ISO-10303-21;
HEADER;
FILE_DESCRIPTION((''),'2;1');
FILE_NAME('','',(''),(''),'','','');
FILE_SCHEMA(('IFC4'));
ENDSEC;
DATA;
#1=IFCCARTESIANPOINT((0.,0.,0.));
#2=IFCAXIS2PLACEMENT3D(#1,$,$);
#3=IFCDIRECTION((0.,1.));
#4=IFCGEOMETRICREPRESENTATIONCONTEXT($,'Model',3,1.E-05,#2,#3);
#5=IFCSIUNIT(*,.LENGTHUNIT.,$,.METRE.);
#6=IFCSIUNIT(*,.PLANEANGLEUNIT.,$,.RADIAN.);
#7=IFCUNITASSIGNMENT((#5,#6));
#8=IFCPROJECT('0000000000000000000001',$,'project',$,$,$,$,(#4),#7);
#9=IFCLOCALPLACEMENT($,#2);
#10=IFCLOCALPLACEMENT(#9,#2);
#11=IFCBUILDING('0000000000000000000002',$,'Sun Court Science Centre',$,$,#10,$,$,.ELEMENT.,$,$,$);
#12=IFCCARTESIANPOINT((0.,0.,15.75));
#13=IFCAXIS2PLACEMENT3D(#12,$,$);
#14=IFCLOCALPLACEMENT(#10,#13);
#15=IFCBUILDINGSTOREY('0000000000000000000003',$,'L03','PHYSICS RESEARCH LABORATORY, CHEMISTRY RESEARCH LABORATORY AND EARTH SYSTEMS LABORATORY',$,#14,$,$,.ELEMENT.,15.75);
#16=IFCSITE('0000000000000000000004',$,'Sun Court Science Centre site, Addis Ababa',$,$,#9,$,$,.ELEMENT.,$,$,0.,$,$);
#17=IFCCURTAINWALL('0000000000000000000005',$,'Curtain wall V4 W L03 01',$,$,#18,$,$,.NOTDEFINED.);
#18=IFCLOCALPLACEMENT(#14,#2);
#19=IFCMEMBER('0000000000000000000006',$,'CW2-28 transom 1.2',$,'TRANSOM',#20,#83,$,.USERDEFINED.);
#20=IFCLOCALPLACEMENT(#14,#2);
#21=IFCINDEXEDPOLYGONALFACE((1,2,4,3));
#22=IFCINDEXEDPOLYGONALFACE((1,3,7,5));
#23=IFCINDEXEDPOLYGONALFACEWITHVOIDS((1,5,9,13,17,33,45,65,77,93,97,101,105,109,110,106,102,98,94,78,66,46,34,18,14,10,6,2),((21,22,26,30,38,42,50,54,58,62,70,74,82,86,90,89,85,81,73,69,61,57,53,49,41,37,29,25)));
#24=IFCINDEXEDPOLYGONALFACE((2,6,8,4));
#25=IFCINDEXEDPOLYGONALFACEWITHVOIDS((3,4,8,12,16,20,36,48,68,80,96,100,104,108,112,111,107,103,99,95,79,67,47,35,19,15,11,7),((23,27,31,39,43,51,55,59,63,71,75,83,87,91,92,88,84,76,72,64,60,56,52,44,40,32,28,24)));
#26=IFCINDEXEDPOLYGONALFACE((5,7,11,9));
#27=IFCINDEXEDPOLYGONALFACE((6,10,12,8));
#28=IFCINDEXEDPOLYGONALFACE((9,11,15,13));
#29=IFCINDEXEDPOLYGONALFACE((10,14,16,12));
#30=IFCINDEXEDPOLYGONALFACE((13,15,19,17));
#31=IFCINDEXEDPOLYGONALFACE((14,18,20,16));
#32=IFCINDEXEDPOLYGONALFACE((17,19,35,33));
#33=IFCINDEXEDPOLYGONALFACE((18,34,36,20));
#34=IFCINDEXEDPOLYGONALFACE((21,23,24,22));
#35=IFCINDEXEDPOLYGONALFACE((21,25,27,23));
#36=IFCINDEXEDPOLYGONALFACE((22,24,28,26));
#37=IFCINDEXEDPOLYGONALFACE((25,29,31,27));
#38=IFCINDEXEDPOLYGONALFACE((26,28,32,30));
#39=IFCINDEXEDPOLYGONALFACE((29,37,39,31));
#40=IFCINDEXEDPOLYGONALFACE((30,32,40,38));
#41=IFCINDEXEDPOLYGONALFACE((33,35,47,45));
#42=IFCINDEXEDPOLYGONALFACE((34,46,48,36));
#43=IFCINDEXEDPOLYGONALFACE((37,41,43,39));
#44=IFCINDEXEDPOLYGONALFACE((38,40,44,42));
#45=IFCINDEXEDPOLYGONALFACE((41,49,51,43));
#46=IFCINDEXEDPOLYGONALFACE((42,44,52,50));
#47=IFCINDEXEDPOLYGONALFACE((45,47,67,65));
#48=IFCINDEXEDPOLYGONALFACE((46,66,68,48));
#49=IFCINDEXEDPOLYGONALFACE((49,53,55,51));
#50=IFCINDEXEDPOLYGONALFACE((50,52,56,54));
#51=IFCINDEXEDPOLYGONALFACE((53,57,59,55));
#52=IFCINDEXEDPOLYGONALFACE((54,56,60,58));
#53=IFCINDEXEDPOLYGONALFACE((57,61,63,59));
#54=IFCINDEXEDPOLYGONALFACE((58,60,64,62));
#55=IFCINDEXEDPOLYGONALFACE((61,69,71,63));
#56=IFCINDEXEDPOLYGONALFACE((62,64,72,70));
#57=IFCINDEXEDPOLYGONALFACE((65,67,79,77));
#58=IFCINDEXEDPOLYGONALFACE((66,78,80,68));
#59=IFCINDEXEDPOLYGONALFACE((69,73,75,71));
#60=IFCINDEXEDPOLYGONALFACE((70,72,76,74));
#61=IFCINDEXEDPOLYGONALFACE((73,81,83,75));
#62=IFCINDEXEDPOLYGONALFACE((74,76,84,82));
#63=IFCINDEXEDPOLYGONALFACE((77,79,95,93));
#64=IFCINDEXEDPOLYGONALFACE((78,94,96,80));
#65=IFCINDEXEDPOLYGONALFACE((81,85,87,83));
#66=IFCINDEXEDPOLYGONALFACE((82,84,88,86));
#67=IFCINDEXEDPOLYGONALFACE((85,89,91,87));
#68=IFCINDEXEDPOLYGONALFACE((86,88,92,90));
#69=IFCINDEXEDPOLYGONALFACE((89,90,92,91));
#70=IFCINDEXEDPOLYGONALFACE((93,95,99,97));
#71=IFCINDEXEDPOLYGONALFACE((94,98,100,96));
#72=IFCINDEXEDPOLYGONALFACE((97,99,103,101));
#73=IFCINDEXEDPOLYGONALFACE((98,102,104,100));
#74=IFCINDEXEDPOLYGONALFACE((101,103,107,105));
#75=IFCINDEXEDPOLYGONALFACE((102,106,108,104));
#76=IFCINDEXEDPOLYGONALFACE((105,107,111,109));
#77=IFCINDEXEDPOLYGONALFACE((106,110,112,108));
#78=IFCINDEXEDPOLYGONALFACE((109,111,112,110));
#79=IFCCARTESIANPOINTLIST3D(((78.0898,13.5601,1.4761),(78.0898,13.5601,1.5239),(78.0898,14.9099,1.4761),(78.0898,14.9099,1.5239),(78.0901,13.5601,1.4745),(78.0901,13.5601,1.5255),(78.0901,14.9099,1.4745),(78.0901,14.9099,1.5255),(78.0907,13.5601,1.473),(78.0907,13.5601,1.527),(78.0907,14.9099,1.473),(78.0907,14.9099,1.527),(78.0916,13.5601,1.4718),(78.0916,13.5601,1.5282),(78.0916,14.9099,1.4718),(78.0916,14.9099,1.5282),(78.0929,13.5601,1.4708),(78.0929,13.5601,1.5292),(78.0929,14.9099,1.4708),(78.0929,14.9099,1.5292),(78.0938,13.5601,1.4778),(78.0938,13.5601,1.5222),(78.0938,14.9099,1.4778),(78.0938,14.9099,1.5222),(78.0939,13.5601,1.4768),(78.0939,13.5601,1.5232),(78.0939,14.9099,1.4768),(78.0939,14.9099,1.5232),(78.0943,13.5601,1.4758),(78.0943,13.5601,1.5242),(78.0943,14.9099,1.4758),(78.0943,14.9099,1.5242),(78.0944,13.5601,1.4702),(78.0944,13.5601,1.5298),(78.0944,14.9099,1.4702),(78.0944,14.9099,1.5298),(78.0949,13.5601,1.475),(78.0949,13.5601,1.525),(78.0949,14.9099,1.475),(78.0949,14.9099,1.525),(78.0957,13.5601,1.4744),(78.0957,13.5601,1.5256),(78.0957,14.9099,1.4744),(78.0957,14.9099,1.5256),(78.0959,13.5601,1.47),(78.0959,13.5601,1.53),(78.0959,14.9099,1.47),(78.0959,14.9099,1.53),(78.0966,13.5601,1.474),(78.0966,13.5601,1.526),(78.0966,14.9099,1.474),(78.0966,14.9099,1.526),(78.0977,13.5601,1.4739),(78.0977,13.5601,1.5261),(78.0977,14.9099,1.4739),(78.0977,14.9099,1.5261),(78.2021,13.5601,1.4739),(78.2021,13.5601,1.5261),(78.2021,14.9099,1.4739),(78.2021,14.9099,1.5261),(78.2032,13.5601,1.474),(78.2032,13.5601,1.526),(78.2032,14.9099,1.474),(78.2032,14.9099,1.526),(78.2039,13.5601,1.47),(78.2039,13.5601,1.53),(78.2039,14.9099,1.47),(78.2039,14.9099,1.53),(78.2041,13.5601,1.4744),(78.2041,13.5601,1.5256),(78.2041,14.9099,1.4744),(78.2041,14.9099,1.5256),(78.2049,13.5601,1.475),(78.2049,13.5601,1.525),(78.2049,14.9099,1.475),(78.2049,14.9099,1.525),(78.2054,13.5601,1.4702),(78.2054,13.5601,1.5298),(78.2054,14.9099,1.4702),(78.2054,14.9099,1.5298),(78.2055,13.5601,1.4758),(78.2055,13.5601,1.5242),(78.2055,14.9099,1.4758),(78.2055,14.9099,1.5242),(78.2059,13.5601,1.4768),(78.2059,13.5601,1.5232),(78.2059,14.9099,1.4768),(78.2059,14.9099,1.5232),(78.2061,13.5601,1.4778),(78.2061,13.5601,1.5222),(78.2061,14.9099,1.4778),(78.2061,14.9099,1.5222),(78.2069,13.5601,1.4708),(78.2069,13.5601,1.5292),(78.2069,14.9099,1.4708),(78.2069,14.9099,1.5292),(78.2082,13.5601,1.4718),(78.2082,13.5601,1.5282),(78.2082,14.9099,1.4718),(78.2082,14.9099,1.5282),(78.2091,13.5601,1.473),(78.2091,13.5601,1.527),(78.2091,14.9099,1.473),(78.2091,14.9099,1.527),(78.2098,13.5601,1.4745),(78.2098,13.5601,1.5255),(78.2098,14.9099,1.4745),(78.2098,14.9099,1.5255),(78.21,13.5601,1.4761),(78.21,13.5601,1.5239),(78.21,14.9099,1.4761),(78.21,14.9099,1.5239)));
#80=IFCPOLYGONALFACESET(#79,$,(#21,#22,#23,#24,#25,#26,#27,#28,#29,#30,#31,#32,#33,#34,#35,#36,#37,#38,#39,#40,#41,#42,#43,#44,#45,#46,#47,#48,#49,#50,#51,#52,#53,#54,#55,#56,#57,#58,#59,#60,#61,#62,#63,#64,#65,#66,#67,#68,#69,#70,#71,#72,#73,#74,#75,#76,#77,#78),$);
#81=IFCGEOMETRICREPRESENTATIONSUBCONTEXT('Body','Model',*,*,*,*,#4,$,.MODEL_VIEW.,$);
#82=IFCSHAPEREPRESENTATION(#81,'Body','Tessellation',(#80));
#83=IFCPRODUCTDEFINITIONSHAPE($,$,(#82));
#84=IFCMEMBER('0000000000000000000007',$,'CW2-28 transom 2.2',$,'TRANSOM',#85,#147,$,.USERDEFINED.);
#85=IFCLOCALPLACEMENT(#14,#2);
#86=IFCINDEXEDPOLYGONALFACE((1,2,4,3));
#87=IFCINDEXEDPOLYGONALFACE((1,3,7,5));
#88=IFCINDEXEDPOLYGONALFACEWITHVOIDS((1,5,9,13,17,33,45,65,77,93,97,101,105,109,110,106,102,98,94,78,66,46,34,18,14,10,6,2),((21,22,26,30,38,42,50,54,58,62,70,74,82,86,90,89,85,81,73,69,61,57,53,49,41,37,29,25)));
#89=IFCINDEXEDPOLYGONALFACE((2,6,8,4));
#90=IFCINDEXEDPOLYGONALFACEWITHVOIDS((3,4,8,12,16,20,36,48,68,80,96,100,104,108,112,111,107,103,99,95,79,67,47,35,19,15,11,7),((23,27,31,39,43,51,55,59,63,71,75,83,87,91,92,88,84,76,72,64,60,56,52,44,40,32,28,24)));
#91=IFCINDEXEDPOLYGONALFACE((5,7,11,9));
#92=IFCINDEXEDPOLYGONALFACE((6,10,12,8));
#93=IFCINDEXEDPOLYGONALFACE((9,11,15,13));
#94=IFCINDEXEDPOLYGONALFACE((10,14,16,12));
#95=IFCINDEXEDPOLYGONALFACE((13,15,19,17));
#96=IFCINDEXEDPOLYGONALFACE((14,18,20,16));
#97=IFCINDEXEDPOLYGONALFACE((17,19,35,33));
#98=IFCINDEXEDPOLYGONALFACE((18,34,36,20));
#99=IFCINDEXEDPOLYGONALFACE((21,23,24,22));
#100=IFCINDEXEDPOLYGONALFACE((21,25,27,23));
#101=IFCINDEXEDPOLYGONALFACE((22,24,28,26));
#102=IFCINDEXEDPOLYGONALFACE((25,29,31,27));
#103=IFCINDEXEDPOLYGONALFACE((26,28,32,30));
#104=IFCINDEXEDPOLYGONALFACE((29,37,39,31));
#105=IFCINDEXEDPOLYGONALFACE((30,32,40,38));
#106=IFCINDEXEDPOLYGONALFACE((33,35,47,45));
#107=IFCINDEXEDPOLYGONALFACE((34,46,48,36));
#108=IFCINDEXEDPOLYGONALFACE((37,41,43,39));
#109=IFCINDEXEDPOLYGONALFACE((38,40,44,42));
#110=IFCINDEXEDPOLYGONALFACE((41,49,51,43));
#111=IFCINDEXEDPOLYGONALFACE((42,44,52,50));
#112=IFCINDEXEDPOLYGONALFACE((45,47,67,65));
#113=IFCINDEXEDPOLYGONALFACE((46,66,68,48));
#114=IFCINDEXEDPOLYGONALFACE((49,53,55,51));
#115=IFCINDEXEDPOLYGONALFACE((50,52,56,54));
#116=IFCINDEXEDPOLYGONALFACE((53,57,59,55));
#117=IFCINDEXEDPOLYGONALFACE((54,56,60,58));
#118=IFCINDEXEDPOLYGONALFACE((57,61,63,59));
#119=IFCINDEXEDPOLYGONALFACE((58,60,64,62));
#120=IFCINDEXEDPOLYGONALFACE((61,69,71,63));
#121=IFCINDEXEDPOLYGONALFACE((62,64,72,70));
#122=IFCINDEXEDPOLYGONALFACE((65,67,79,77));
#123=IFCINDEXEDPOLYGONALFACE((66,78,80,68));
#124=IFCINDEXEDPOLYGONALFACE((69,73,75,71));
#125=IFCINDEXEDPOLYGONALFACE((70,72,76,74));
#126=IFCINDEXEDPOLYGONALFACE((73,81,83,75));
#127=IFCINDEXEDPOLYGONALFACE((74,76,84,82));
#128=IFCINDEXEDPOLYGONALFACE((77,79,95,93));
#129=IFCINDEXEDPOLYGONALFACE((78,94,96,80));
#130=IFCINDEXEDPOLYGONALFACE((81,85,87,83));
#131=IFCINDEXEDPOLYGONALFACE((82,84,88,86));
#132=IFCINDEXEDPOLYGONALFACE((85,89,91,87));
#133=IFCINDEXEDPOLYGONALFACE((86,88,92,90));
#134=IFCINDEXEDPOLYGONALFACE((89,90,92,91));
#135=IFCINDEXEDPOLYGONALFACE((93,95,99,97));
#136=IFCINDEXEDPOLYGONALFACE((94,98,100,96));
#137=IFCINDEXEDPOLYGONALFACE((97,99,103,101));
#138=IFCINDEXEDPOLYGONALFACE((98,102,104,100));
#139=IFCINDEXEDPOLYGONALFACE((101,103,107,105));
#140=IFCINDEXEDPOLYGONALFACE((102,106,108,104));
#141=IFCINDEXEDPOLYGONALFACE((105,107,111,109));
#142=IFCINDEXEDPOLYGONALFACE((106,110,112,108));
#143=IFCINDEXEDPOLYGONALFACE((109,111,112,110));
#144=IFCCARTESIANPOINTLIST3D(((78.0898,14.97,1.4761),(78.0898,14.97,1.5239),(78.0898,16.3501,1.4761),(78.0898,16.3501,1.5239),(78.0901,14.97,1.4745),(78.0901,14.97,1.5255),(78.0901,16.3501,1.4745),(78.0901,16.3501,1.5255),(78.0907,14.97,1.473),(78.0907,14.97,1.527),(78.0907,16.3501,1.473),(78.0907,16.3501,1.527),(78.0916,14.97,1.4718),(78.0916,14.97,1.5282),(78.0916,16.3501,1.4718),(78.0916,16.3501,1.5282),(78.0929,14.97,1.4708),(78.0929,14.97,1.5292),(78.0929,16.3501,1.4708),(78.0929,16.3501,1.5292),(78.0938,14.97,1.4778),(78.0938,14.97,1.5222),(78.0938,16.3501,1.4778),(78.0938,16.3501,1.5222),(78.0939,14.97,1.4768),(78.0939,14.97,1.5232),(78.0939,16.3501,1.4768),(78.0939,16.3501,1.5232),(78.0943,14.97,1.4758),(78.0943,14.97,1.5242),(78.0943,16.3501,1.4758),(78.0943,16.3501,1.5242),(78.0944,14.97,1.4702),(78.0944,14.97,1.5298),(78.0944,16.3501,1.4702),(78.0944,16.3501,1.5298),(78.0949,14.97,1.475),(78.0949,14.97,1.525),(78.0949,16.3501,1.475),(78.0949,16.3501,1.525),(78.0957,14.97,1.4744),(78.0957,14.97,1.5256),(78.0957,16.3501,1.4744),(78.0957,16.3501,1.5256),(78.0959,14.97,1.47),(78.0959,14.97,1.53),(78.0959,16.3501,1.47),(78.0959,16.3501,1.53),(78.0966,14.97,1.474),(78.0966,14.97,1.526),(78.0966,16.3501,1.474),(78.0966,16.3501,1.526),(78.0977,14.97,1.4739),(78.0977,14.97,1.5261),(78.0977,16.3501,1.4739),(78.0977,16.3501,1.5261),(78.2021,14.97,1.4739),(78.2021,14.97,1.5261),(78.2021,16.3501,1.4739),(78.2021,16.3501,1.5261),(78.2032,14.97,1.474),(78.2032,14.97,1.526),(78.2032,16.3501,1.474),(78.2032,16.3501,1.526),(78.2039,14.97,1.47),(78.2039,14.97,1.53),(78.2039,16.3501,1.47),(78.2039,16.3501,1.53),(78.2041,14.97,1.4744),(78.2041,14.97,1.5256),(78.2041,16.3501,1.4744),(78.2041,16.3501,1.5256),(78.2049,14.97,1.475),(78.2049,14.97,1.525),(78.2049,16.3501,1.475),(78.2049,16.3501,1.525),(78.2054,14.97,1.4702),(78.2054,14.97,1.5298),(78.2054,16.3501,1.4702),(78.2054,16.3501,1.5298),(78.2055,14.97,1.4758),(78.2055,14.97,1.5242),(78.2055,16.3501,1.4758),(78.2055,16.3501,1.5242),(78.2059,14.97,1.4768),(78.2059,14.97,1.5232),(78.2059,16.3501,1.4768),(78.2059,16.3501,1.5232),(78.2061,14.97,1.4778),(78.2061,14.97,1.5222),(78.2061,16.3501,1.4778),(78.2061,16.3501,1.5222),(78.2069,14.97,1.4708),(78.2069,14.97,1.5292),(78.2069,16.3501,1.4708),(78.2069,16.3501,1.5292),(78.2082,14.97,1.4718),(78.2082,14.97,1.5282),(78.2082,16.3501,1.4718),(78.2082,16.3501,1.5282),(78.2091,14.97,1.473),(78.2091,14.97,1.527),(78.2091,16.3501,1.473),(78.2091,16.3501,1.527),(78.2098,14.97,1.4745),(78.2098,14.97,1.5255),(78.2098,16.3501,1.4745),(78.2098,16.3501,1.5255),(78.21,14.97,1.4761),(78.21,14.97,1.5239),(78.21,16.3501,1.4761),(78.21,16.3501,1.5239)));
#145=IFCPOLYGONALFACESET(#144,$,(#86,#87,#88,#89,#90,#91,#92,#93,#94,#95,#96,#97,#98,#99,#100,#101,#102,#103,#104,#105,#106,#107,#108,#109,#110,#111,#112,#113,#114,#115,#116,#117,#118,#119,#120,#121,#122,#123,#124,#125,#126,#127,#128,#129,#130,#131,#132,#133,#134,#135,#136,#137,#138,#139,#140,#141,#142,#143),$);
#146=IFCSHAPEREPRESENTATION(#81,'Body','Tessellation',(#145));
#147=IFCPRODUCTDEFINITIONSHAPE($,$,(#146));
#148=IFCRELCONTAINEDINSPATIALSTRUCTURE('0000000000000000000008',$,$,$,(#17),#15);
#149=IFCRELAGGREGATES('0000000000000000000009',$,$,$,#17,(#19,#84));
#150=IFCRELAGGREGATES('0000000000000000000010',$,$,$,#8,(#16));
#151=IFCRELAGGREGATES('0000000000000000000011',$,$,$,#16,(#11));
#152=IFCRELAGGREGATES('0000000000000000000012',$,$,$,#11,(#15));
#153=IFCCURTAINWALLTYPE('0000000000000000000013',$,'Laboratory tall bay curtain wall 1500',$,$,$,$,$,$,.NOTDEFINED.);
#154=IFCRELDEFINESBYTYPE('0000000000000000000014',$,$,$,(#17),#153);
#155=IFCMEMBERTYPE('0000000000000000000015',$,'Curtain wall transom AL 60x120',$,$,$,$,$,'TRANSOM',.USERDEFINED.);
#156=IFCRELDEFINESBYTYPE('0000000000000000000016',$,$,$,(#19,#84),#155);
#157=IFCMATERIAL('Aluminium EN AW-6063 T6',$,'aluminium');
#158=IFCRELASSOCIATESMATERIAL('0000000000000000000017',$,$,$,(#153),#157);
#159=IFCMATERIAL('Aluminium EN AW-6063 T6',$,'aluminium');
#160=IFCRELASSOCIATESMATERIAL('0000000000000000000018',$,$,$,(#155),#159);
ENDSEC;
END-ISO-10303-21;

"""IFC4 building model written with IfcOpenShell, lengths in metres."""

from ifc_helpers import new_model, si_unit, direction, frame, origin, origin_2d, place, context, subcontext, project, spatial, hollow_rectangle, extrude, material, material_profile, profile_set, type_object, element, aggregate, save


model = new_model("IFC4")

# Units and contexts
model_context = context("Model", 3, precision=1e-05, world=origin(), true_north=direction((0.0, 1.0)))
body_context = subcontext(model_context, "Body", "Model", "MODEL_VIEW")
ifc_project = project(units=[si_unit("LENGTHUNIT", "METRE"), si_unit("PLANEANGLEUNIT", "RADIAN")], contexts=[model_context])

# Site, building, storey
site_placement = place(None, origin())
site = spatial("IfcSite", under=ifc_project, at=site_placement, Name="Sun Court Science Centre site, Addis Ababa", CompositionType="ELEMENT", RefElevation=0.0)
building_placement = place(site_placement, origin())
building = spatial("IfcBuilding", under=site, at=building_placement, Name="Sun Court Science Centre", CompositionType="ELEMENT")
storey_placement = place(building_placement, frame((0.0, 0.0, 15.75)))
storey = spatial("IfcBuildingStorey", under=building, at=storey_placement, Name="L03", Description="PHYSICS RESEARCH LABORATORY, CHEMISTRY RESEARCH LABORATORY AND EARTH SYSTEMS LABORATORY", CompositionType="ELEMENT", Elevation=15.75)

# Curtain wall, members
ifc_material_1 = material(Name="Aluminium EN AW-6063 T6", Category="aluminium")
curtain_wall_type = type_object("IfcCurtainWallType", Name="Laboratory tall bay curtain wall 1500", PredefinedType="NOTDEFINED", material=ifc_material_1)
curtain_wall_placement = place(storey_placement, origin())
curtain_wall = element("IfcCurtainWall", 1, at=curtain_wall_placement, inside=storey, type_object=curtain_wall_type, Name="Curtain wall V4 W L03 01", PredefinedType="NOTDEFINED")
ifc_material_2 = material(Name="Aluminium EN AW-6063 T6", Category="aluminium")
ifc_material_profile_1 = material_profile(ifc_material_2, hollow_rectangle(XDim=0.0601, YDim=0.1201, WallThickness=0.0039, InnerFilletRadius=0.0039, OuterFilletRadius=0.0061, at=origin_2d()), Name="AL 60x120x4")
ifc_profile_set_1 = profile_set([ifc_material_profile_1], Name="Aluminium EN AW-6063 T6")
member_type_1 = type_object("IfcMemberType", Name="Curtain wall transom AL 60x120", ElementType="TRANSOM", PredefinedType="USERDEFINED", material=ifc_profile_set_1)
member_1_placement = place(storey_placement, frame((78.1499, 13.5601, 1.5), z_axis=(0.0, 1.0, 0.0), x_axis=(0.0, 0.0, 1.0)))
member_1 = element("IfcMember", 2, at=member_1_placement, type_object=member_type_1, Name="CW2-28 transom 1.2", ObjectType="TRANSOM", PredefinedType="USERDEFINED", context=body_context, shape_type="SweptSolid", body=[
    extrude(hollow_rectangle(XDim=0.0601, YDim=0.1201, WallThickness=0.0039, InnerFilletRadius=0.0039, OuterFilletRadius=0.0061, at=origin_2d()), origin(), (0.0, 0.0, 1.0), 1.3499),
])
member_2_placement = place(storey_placement, frame((78.1499, 14.97, 1.5), z_axis=(0.0, 1.0, 0.0), x_axis=(0.0, 0.0, 1.0)))
member_2 = element("IfcMember", 3, at=member_2_placement, type_object=member_type_1, Name="CW2-28 transom 2.2", ObjectType="TRANSOM", PredefinedType="USERDEFINED", context=body_context, shape_type="SweptSolid", body=[
    extrude(hollow_rectangle(XDim=0.0601, YDim=0.1201, WallThickness=0.0039, InnerFilletRadius=0.0039, OuterFilletRadius=0.0061, at=origin_2d()), origin(), (0.0, 0.0, 1.0), 1.3801),
])

aggregate(curtain_wall, [member_1, member_2])

save(model, "model.ifc")
